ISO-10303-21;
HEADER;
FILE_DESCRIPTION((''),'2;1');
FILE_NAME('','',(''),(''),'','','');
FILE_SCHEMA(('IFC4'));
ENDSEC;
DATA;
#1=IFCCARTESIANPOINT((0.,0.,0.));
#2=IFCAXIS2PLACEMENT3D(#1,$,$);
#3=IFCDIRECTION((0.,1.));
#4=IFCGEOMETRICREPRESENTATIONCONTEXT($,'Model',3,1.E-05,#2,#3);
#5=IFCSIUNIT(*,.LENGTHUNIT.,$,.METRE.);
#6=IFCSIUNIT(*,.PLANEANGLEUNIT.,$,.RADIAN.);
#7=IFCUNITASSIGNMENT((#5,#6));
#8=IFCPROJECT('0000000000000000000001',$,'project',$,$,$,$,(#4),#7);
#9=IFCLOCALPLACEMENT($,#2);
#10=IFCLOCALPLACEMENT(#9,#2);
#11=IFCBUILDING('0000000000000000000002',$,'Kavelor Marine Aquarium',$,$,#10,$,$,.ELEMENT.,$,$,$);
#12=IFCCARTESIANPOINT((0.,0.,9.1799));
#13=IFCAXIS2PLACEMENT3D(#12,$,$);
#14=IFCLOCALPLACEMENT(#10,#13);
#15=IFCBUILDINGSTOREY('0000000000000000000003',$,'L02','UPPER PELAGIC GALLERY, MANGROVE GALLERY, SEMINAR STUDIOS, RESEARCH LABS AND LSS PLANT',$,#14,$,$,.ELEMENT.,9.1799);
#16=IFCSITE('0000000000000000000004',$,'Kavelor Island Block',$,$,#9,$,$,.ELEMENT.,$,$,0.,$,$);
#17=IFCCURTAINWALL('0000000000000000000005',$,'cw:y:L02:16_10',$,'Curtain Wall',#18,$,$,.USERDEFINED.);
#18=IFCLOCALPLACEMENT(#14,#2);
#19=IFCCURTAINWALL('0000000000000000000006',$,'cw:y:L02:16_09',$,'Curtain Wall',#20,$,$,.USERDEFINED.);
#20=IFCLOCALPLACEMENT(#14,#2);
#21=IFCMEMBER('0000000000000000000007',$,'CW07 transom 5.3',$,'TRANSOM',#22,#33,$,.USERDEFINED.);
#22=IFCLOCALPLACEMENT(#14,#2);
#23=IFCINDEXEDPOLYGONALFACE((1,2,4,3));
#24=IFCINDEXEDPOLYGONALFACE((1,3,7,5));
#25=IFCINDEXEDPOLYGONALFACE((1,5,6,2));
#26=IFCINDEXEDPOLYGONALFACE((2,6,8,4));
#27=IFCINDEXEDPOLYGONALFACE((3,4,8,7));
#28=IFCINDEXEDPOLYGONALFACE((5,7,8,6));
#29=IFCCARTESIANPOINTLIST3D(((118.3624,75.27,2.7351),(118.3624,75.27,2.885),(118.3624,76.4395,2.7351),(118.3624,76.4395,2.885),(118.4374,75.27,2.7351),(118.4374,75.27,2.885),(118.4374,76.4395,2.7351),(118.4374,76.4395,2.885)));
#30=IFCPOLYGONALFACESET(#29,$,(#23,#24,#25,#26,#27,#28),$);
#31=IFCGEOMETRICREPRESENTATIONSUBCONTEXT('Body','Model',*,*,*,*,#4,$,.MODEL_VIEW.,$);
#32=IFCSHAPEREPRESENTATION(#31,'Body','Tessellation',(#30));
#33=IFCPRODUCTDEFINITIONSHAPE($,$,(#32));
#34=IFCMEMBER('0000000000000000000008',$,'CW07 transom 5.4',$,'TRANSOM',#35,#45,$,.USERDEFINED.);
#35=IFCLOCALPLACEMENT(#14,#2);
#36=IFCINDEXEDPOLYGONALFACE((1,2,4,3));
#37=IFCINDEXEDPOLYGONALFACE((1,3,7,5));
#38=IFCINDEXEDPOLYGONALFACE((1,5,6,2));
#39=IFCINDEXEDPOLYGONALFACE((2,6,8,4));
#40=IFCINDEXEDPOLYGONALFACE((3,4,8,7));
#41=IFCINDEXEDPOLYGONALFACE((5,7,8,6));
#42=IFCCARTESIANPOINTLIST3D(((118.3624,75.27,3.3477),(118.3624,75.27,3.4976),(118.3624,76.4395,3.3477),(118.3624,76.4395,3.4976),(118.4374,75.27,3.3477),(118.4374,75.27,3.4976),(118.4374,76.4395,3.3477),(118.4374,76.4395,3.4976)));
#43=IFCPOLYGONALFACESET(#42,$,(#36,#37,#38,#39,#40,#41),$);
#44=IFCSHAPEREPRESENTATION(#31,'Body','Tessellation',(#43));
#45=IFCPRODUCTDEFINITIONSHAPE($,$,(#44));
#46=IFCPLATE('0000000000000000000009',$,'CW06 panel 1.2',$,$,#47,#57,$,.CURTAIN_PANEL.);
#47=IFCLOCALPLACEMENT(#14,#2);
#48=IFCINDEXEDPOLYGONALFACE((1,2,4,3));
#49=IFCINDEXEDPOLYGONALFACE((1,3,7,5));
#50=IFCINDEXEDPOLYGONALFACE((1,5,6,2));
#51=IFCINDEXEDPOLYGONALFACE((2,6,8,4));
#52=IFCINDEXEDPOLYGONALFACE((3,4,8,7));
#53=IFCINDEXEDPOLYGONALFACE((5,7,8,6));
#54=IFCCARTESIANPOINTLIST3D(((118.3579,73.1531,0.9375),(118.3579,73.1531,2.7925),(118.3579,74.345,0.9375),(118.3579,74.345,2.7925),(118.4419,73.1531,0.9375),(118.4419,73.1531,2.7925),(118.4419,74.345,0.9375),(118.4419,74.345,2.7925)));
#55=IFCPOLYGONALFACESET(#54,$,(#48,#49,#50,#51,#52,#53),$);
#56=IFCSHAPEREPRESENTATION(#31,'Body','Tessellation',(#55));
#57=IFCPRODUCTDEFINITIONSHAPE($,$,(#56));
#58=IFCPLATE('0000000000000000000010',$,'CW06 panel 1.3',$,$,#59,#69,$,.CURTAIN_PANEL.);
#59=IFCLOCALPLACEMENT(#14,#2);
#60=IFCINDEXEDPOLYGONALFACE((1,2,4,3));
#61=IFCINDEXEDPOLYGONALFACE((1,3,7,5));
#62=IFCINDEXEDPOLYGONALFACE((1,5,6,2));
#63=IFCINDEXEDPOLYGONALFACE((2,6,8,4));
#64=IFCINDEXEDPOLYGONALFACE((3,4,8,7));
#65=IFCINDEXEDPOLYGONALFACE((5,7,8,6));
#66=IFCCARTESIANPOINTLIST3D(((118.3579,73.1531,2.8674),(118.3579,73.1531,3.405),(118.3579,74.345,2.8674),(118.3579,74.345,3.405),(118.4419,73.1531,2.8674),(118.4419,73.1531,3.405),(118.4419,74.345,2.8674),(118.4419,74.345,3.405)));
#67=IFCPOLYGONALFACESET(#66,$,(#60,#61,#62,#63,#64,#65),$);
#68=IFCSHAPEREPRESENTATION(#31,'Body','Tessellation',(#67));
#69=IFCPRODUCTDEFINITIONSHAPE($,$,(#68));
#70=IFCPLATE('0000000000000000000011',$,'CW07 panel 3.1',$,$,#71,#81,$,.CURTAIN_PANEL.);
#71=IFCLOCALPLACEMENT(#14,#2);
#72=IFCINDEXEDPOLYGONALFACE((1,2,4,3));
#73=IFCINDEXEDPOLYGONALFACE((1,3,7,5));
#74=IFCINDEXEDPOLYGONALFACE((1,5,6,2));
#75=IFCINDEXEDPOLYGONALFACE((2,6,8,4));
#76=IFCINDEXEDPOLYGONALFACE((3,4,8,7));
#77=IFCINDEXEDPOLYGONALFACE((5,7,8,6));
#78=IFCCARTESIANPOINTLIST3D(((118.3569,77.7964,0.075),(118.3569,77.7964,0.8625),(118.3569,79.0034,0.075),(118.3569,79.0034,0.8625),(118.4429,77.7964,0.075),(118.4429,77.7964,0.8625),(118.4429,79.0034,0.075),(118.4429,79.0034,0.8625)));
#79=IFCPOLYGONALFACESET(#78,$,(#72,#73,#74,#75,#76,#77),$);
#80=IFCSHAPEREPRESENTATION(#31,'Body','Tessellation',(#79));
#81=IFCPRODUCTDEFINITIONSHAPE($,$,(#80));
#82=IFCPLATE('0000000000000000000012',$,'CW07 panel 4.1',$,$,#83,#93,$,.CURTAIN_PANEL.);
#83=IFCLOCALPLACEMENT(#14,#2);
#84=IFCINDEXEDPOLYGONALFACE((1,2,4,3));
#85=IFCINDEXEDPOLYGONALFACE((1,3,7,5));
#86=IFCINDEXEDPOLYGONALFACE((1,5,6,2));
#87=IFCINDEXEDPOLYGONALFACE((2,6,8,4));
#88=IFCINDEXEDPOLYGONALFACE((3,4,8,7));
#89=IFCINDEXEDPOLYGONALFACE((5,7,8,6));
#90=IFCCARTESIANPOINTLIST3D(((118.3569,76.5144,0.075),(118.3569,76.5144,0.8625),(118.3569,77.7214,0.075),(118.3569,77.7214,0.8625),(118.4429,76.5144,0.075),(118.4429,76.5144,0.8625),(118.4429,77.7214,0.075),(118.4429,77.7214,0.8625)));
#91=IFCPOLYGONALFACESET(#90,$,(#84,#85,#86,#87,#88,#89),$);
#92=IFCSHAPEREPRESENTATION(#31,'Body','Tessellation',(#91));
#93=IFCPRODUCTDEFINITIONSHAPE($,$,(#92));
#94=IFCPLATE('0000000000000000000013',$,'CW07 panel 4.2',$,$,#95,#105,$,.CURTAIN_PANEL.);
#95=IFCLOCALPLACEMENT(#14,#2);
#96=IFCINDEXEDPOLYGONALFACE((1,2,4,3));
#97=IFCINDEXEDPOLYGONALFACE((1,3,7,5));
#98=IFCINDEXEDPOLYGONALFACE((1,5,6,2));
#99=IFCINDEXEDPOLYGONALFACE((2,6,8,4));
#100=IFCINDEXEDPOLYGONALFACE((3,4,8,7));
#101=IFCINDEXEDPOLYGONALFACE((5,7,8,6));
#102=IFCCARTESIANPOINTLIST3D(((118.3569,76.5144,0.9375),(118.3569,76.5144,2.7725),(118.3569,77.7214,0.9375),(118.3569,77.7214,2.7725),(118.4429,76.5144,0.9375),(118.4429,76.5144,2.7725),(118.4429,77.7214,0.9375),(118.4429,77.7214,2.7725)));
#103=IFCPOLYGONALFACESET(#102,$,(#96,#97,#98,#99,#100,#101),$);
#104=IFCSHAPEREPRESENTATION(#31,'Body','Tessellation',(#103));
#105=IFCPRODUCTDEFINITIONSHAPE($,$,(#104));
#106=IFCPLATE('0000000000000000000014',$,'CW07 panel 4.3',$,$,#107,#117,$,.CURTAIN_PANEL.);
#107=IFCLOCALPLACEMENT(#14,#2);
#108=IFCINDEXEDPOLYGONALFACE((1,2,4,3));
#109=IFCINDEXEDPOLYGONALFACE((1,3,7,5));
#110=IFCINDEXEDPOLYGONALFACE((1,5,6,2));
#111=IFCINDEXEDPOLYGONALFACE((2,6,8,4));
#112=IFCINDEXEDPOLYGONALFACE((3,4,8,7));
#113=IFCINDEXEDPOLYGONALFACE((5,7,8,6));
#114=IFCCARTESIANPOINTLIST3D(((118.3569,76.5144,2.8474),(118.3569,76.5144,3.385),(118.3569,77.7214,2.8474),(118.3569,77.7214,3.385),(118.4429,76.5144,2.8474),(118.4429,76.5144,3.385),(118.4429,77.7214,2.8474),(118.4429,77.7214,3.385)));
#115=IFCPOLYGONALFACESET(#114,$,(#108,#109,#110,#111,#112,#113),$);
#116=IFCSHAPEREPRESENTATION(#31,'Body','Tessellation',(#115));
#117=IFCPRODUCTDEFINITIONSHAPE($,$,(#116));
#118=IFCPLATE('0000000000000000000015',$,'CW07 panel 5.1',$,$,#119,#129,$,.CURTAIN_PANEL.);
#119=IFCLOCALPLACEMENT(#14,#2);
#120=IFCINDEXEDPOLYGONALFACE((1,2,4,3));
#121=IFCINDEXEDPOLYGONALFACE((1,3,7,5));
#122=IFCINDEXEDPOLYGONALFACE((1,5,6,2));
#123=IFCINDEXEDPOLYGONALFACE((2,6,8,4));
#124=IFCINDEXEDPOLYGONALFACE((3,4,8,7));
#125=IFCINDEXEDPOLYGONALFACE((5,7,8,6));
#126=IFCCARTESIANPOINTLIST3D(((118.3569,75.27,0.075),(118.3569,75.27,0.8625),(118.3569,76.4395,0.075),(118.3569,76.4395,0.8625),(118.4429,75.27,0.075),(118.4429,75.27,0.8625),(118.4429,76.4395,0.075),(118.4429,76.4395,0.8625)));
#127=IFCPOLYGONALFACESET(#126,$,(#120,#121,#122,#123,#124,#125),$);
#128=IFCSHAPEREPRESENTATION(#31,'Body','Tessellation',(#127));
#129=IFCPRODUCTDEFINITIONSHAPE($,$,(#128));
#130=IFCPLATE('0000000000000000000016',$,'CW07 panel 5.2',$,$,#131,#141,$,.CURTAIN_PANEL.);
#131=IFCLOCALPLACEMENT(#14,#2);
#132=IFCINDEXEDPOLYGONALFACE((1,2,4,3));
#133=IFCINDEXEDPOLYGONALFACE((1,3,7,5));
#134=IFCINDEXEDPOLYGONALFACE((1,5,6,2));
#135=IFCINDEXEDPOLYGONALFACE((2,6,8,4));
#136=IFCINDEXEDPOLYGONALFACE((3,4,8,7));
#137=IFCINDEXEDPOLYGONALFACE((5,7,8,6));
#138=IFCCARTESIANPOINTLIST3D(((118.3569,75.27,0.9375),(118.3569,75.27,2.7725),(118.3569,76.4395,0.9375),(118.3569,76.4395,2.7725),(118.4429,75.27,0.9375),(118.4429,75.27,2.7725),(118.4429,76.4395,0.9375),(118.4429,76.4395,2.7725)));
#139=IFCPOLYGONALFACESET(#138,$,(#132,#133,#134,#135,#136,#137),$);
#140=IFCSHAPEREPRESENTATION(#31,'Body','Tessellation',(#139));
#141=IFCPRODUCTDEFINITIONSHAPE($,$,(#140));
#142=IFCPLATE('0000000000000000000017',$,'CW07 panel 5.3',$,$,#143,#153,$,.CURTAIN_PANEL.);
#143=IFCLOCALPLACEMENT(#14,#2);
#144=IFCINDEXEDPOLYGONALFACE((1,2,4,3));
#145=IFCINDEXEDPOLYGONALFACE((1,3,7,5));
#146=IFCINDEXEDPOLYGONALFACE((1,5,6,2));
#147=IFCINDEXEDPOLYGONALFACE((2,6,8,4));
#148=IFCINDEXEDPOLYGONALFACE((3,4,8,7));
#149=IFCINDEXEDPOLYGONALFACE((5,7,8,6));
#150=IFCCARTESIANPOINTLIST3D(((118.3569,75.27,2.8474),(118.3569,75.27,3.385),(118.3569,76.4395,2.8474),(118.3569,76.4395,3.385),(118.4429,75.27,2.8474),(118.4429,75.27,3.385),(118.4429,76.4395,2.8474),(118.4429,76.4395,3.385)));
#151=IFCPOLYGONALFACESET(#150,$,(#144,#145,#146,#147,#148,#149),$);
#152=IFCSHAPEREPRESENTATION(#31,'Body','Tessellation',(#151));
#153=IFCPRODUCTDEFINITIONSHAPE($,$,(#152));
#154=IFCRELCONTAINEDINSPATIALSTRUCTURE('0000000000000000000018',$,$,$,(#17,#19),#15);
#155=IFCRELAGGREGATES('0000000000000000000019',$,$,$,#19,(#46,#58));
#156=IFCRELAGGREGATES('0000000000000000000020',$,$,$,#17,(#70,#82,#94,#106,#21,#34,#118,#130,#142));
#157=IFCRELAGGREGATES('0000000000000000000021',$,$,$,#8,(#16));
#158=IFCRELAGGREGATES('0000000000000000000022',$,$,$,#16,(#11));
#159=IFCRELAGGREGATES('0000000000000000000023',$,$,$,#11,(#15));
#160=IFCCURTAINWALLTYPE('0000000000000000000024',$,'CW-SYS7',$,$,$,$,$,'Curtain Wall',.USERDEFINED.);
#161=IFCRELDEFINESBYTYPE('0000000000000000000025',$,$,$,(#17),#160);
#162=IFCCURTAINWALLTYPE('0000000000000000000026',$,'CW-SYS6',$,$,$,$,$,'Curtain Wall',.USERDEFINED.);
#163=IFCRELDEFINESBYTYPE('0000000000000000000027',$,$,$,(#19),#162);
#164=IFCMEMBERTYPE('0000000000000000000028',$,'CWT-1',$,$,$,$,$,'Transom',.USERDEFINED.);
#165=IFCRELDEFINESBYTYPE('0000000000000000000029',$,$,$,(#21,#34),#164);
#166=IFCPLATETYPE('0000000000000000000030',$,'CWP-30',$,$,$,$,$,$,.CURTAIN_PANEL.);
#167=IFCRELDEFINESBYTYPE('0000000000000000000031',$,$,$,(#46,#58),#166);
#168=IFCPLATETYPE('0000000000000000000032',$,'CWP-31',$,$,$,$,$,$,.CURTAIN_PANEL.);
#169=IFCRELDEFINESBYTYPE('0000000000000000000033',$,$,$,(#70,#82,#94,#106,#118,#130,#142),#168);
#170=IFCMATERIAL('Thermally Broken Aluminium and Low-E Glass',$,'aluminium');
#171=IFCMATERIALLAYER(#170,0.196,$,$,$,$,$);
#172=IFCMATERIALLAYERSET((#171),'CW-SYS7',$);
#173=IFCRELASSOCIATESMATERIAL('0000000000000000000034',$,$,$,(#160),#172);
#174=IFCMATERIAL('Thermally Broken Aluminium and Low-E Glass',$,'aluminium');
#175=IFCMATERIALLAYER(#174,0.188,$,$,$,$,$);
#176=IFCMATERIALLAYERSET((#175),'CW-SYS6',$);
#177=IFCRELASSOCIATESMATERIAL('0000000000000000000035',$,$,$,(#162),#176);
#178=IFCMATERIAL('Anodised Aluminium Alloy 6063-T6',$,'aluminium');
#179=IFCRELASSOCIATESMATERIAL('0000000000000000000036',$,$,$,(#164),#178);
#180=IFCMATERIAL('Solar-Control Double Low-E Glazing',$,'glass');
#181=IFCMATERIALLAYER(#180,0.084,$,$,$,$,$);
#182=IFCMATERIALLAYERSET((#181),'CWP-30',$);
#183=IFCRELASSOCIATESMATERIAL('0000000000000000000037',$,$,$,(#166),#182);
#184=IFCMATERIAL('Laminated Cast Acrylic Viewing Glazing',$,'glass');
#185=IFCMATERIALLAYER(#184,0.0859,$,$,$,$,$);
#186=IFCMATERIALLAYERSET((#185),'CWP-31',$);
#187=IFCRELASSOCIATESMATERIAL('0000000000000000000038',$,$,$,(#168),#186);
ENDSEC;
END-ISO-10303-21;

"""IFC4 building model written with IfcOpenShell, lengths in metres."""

from ifc_helpers import new_model, si_unit, direction, frame, origin, origin_2d, place, context, subcontext, project, spatial, rectangle, extrude, material, layer, layer_set, material_profile, profile_set, type_object, element, aggregate, save


model = new_model("IFC4")

# Units and contexts
model_context = context("Model", 3, precision=1e-05, world=origin(), true_north=direction((0.0, 1.0)))
body_context = subcontext(model_context, "Body", "Model", "MODEL_VIEW")
ifc_project = project(units=[si_unit("LENGTHUNIT", "METRE"), si_unit("PLANEANGLEUNIT", "RADIAN")], contexts=[model_context])

# Site, building, storey
site_placement = place(None, origin())
site = spatial("IfcSite", under=ifc_project, at=site_placement, Name="Kavelor Island Block", CompositionType="ELEMENT", RefElevation=0.0)
building_placement = place(site_placement, origin())
building = spatial("IfcBuilding", under=site, at=building_placement, Name="Kavelor Marine Aquarium", CompositionType="ELEMENT")
storey_placement = place(building_placement, frame((0.0, 0.0, 9.1799)))
storey = spatial("IfcBuildingStorey", under=building, at=storey_placement, Name="L02", Description="UPPER PELAGIC GALLERY, MANGROVE GALLERY, SEMINAR STUDIOS, RESEARCH LABS AND LSS PLANT", CompositionType="ELEMENT", Elevation=9.1799)

# Curtain walls
ifc_material_1 = material(Name="Thermally Broken Aluminium and Low-E Glass", Category="aluminium")
ifc_layer_1 = layer(ifc_material_1, 0.196)
ifc_layer_set_1 = layer_set([ifc_layer_1], Name="CW-SYS7")
curtain_wall_type_1 = type_object("IfcCurtainWallType", Name="CW-SYS7", ElementType="Curtain Wall", PredefinedType="USERDEFINED", material=ifc_layer_set_1)
curtain_wall_1_placement = place(storey_placement, origin())
curtain_wall_1 = element("IfcCurtainWall", 1, at=curtain_wall_1_placement, inside=storey, type_object=curtain_wall_type_1, Name="cw:y:L02:16_10", ObjectType="Curtain Wall", PredefinedType="USERDEFINED")
ifc_material_2 = material(Name="Thermally Broken Aluminium and Low-E Glass", Category="aluminium")
ifc_layer_2 = layer(ifc_material_2, 0.188)
ifc_layer_set_2 = layer_set([ifc_layer_2], Name="CW-SYS6")
curtain_wall_type_2 = type_object("IfcCurtainWallType", Name="CW-SYS6", ElementType="Curtain Wall", PredefinedType="USERDEFINED", material=ifc_layer_set_2)
curtain_wall_2_placement = place(storey_placement, origin())
curtain_wall_2 = element("IfcCurtainWall", 2, at=curtain_wall_2_placement, inside=storey, type_object=curtain_wall_type_2, Name="cw:y:L02:16_09", ObjectType="Curtain Wall", PredefinedType="USERDEFINED")
ifc_material_3 = material(Name="Anodised Aluminium Alloy 6063-T6", Category="aluminium")
ifc_material_profile_1 = material_profile(ifc_material_3, rectangle(XDim=0.075, YDim=0.1499, at=origin_2d()), Name="CW-TRN 75x150")
ifc_profile_set_1 = profile_set([ifc_material_profile_1], Name="Anodised Aluminium Alloy 6063-T6")
member_type_1 = type_object("IfcMemberType", Name="CWT-1", ElementType="Transom", PredefinedType="USERDEFINED", material=ifc_profile_set_1)

# Members
member_1_placement = place(storey_placement, frame((118.3999, 76.4395, 2.8101), z_axis=(0.0, -1.0, 0.0), x_axis=(1.0, 0.0, 0.0)))
member_1 = element("IfcMember", 3, at=member_1_placement, type_object=member_type_1, Name="CW07 transom 5.3", ObjectType="TRANSOM", PredefinedType="USERDEFINED", context=body_context, shape_type="SweptSolid", body=[
    extrude(rectangle(XDim=0.075, YDim=0.1499, at=origin_2d()), origin(), (0.0, 0.0, 1.0), 1.1694),
])
member_2_placement = place(storey_placement, frame((118.3999, 76.4395, 3.4226), z_axis=(0.0, -1.0, 0.0), x_axis=(1.0, 0.0, 0.0)))
member_2 = element("IfcMember", 4, at=member_2_placement, type_object=member_type_1, Name="CW07 transom 5.4", ObjectType="TRANSOM", PredefinedType="USERDEFINED", context=body_context, shape_type="SweptSolid", body=[
    extrude(rectangle(XDim=0.075, YDim=0.1499, at=origin_2d()), origin(), (0.0, 0.0, 1.0), 1.1694),
])

# Plates
ifc_material_4 = material(Name="Solar-Control Double Low-E Glazing", Category="glass")
ifc_layer_3 = layer(ifc_material_4, 0.084)
ifc_layer_set_3 = layer_set([ifc_layer_3], Name="CWP-30")
plate_type_1 = type_object("IfcPlateType", Name="CWP-30", PredefinedType="CURTAIN_PANEL", material=ifc_layer_set_3)
plate_1_placement = place(storey_placement, frame((118.3999, 73.749, 0.9375), z_axis=(0.0, 0.0, 1.0), x_axis=(0.0, -1.0, 0.0)))
plate_1 = element("IfcPlate", 5, at=plate_1_placement, type_object=plate_type_1, Name="CW06 panel 1.2", PredefinedType="CURTAIN_PANEL", context=body_context, shape_type="SweptSolid", body=[
    extrude(rectangle(XDim=1.1919, YDim=0.084, at=origin_2d()), origin(), (0.0, 0.0, 1.0), 1.855),
])
plate_2_placement = place(storey_placement, frame((118.3999, 73.749, 2.8674), z_axis=(0.0, 0.0, 1.0), x_axis=(0.0, -1.0, 0.0)))
plate_2 = element("IfcPlate", 6, at=plate_2_placement, type_object=plate_type_1, Name="CW06 panel 1.3", PredefinedType="CURTAIN_PANEL", context=body_context, shape_type="SweptSolid", body=[
    extrude(rectangle(XDim=1.1919, YDim=0.084, at=origin_2d()), origin(), (0.0, 0.0, 1.0), 0.5376),
])
aggregate(curtain_wall_2, [plate_1, plate_2])
ifc_material_5 = material(Name="Laminated Cast Acrylic Viewing Glazing", Category="glass")
ifc_layer_4 = layer(ifc_material_5, 0.0859)
ifc_layer_set_4 = layer_set([ifc_layer_4], Name="CWP-31")
plate_type_2 = type_object("IfcPlateType", Name="CWP-31", PredefinedType="CURTAIN_PANEL", material=ifc_layer_set_4)
plate_3_placement = place(storey_placement, frame((118.3999, 78.3999, 0.075), z_axis=(0.0, 0.0, 1.0), x_axis=(0.0, -1.0, 0.0)))
plate_3 = element("IfcPlate", 7, at=plate_3_placement, type_object=plate_type_2, Name="CW07 panel 3.1", PredefinedType="CURTAIN_PANEL", context=body_context, shape_type="SweptSolid", body=[
    extrude(rectangle(XDim=1.207, YDim=0.0859, at=origin_2d()), origin(), (0.0, 0.0, 1.0), 0.7876),
])
plate_4_placement = place(storey_placement, frame((118.3999, 77.1179, 0.075), z_axis=(0.0, 0.0, 1.0), x_axis=(0.0, -1.0, 0.0)))
plate_4 = element("IfcPlate", 8, at=plate_4_placement, type_object=plate_type_2, Name="CW07 panel 4.1", PredefinedType="CURTAIN_PANEL", context=body_context, shape_type="SweptSolid", body=[
    extrude(rectangle(XDim=1.207, YDim=0.0859, at=origin_2d()), origin(), (0.0, 0.0, 1.0), 0.7876),
])
plate_5_placement = place(storey_placement, frame((118.3999, 77.1179, 0.9375), z_axis=(0.0, 0.0, 1.0), x_axis=(0.0, -1.0, 0.0)))
plate_5 = element("IfcPlate", 9, at=plate_5_placement, type_object=plate_type_2, Name="CW07 panel 4.2", PredefinedType="CURTAIN_PANEL", context=body_context, shape_type="SweptSolid", body=[
    extrude(rectangle(XDim=1.207, YDim=0.0859, at=origin_2d()), origin(), (0.0, 0.0, 1.0), 1.835),
])
plate_6_placement = place(storey_placement, frame((118.3999, 77.1179, 2.8474), z_axis=(0.0, 0.0, 1.0), x_axis=(0.0, -1.0, 0.0)))
plate_6 = element("IfcPlate", 10, at=plate_6_placement, type_object=plate_type_2, Name="CW07 panel 4.3", PredefinedType="CURTAIN_PANEL", context=body_context, shape_type="SweptSolid", body=[
    extrude(rectangle(XDim=1.207, YDim=0.0859, at=origin_2d()), origin(), (0.0, 0.0, 1.0), 0.5376),
])
plate_7_placement = place(storey_placement, frame((118.3999, 75.8547, 0.075), z_axis=(0.0, 0.0, 1.0), x_axis=(0.0, -1.0, 0.0)))
plate_7 = element("IfcPlate", 11, at=plate_7_placement, type_object=plate_type_2, Name="CW07 panel 5.1", PredefinedType="CURTAIN_PANEL", context=body_context, shape_type="SweptSolid", body=[
    extrude(rectangle(XDim=1.1694, YDim=0.0859, at=origin_2d()), origin(), (0.0, 0.0, 1.0), 0.7876),
])
plate_8_placement = place(storey_placement, frame((118.3999, 75.8547, 0.9375), z_axis=(0.0, 0.0, 1.0), x_axis=(0.0, -1.0, 0.0)))
plate_8 = element("IfcPlate", 12, at=plate_8_placement, type_object=plate_type_2, Name="CW07 panel 5.2", PredefinedType="CURTAIN_PANEL", context=body_context, shape_type="SweptSolid", body=[
    extrude(rectangle(XDim=1.1694, YDim=0.0859, at=origin_2d()), origin(), (0.0, 0.0, 1.0), 1.835),
])
plate_9_placement = place(storey_placement, frame((118.3999, 75.8547, 2.8474), z_axis=(0.0, 0.0, 1.0), x_axis=(0.0, -1.0, 0.0)))
plate_9 = element("IfcPlate", 13, at=plate_9_placement, type_object=plate_type_2, Name="CW07 panel 5.3", PredefinedType="CURTAIN_PANEL", context=body_context, shape_type="SweptSolid", body=[
    extrude(rectangle(XDim=1.1694, YDim=0.0859, at=origin_2d()), origin(), (0.0, 0.0, 1.0), 0.5376),
])
aggregate(curtain_wall_1, [plate_3, plate_4, plate_5, plate_6, member_1, member_2, plate_7, plate_8, plate_9])

save(model, "model.ifc")
